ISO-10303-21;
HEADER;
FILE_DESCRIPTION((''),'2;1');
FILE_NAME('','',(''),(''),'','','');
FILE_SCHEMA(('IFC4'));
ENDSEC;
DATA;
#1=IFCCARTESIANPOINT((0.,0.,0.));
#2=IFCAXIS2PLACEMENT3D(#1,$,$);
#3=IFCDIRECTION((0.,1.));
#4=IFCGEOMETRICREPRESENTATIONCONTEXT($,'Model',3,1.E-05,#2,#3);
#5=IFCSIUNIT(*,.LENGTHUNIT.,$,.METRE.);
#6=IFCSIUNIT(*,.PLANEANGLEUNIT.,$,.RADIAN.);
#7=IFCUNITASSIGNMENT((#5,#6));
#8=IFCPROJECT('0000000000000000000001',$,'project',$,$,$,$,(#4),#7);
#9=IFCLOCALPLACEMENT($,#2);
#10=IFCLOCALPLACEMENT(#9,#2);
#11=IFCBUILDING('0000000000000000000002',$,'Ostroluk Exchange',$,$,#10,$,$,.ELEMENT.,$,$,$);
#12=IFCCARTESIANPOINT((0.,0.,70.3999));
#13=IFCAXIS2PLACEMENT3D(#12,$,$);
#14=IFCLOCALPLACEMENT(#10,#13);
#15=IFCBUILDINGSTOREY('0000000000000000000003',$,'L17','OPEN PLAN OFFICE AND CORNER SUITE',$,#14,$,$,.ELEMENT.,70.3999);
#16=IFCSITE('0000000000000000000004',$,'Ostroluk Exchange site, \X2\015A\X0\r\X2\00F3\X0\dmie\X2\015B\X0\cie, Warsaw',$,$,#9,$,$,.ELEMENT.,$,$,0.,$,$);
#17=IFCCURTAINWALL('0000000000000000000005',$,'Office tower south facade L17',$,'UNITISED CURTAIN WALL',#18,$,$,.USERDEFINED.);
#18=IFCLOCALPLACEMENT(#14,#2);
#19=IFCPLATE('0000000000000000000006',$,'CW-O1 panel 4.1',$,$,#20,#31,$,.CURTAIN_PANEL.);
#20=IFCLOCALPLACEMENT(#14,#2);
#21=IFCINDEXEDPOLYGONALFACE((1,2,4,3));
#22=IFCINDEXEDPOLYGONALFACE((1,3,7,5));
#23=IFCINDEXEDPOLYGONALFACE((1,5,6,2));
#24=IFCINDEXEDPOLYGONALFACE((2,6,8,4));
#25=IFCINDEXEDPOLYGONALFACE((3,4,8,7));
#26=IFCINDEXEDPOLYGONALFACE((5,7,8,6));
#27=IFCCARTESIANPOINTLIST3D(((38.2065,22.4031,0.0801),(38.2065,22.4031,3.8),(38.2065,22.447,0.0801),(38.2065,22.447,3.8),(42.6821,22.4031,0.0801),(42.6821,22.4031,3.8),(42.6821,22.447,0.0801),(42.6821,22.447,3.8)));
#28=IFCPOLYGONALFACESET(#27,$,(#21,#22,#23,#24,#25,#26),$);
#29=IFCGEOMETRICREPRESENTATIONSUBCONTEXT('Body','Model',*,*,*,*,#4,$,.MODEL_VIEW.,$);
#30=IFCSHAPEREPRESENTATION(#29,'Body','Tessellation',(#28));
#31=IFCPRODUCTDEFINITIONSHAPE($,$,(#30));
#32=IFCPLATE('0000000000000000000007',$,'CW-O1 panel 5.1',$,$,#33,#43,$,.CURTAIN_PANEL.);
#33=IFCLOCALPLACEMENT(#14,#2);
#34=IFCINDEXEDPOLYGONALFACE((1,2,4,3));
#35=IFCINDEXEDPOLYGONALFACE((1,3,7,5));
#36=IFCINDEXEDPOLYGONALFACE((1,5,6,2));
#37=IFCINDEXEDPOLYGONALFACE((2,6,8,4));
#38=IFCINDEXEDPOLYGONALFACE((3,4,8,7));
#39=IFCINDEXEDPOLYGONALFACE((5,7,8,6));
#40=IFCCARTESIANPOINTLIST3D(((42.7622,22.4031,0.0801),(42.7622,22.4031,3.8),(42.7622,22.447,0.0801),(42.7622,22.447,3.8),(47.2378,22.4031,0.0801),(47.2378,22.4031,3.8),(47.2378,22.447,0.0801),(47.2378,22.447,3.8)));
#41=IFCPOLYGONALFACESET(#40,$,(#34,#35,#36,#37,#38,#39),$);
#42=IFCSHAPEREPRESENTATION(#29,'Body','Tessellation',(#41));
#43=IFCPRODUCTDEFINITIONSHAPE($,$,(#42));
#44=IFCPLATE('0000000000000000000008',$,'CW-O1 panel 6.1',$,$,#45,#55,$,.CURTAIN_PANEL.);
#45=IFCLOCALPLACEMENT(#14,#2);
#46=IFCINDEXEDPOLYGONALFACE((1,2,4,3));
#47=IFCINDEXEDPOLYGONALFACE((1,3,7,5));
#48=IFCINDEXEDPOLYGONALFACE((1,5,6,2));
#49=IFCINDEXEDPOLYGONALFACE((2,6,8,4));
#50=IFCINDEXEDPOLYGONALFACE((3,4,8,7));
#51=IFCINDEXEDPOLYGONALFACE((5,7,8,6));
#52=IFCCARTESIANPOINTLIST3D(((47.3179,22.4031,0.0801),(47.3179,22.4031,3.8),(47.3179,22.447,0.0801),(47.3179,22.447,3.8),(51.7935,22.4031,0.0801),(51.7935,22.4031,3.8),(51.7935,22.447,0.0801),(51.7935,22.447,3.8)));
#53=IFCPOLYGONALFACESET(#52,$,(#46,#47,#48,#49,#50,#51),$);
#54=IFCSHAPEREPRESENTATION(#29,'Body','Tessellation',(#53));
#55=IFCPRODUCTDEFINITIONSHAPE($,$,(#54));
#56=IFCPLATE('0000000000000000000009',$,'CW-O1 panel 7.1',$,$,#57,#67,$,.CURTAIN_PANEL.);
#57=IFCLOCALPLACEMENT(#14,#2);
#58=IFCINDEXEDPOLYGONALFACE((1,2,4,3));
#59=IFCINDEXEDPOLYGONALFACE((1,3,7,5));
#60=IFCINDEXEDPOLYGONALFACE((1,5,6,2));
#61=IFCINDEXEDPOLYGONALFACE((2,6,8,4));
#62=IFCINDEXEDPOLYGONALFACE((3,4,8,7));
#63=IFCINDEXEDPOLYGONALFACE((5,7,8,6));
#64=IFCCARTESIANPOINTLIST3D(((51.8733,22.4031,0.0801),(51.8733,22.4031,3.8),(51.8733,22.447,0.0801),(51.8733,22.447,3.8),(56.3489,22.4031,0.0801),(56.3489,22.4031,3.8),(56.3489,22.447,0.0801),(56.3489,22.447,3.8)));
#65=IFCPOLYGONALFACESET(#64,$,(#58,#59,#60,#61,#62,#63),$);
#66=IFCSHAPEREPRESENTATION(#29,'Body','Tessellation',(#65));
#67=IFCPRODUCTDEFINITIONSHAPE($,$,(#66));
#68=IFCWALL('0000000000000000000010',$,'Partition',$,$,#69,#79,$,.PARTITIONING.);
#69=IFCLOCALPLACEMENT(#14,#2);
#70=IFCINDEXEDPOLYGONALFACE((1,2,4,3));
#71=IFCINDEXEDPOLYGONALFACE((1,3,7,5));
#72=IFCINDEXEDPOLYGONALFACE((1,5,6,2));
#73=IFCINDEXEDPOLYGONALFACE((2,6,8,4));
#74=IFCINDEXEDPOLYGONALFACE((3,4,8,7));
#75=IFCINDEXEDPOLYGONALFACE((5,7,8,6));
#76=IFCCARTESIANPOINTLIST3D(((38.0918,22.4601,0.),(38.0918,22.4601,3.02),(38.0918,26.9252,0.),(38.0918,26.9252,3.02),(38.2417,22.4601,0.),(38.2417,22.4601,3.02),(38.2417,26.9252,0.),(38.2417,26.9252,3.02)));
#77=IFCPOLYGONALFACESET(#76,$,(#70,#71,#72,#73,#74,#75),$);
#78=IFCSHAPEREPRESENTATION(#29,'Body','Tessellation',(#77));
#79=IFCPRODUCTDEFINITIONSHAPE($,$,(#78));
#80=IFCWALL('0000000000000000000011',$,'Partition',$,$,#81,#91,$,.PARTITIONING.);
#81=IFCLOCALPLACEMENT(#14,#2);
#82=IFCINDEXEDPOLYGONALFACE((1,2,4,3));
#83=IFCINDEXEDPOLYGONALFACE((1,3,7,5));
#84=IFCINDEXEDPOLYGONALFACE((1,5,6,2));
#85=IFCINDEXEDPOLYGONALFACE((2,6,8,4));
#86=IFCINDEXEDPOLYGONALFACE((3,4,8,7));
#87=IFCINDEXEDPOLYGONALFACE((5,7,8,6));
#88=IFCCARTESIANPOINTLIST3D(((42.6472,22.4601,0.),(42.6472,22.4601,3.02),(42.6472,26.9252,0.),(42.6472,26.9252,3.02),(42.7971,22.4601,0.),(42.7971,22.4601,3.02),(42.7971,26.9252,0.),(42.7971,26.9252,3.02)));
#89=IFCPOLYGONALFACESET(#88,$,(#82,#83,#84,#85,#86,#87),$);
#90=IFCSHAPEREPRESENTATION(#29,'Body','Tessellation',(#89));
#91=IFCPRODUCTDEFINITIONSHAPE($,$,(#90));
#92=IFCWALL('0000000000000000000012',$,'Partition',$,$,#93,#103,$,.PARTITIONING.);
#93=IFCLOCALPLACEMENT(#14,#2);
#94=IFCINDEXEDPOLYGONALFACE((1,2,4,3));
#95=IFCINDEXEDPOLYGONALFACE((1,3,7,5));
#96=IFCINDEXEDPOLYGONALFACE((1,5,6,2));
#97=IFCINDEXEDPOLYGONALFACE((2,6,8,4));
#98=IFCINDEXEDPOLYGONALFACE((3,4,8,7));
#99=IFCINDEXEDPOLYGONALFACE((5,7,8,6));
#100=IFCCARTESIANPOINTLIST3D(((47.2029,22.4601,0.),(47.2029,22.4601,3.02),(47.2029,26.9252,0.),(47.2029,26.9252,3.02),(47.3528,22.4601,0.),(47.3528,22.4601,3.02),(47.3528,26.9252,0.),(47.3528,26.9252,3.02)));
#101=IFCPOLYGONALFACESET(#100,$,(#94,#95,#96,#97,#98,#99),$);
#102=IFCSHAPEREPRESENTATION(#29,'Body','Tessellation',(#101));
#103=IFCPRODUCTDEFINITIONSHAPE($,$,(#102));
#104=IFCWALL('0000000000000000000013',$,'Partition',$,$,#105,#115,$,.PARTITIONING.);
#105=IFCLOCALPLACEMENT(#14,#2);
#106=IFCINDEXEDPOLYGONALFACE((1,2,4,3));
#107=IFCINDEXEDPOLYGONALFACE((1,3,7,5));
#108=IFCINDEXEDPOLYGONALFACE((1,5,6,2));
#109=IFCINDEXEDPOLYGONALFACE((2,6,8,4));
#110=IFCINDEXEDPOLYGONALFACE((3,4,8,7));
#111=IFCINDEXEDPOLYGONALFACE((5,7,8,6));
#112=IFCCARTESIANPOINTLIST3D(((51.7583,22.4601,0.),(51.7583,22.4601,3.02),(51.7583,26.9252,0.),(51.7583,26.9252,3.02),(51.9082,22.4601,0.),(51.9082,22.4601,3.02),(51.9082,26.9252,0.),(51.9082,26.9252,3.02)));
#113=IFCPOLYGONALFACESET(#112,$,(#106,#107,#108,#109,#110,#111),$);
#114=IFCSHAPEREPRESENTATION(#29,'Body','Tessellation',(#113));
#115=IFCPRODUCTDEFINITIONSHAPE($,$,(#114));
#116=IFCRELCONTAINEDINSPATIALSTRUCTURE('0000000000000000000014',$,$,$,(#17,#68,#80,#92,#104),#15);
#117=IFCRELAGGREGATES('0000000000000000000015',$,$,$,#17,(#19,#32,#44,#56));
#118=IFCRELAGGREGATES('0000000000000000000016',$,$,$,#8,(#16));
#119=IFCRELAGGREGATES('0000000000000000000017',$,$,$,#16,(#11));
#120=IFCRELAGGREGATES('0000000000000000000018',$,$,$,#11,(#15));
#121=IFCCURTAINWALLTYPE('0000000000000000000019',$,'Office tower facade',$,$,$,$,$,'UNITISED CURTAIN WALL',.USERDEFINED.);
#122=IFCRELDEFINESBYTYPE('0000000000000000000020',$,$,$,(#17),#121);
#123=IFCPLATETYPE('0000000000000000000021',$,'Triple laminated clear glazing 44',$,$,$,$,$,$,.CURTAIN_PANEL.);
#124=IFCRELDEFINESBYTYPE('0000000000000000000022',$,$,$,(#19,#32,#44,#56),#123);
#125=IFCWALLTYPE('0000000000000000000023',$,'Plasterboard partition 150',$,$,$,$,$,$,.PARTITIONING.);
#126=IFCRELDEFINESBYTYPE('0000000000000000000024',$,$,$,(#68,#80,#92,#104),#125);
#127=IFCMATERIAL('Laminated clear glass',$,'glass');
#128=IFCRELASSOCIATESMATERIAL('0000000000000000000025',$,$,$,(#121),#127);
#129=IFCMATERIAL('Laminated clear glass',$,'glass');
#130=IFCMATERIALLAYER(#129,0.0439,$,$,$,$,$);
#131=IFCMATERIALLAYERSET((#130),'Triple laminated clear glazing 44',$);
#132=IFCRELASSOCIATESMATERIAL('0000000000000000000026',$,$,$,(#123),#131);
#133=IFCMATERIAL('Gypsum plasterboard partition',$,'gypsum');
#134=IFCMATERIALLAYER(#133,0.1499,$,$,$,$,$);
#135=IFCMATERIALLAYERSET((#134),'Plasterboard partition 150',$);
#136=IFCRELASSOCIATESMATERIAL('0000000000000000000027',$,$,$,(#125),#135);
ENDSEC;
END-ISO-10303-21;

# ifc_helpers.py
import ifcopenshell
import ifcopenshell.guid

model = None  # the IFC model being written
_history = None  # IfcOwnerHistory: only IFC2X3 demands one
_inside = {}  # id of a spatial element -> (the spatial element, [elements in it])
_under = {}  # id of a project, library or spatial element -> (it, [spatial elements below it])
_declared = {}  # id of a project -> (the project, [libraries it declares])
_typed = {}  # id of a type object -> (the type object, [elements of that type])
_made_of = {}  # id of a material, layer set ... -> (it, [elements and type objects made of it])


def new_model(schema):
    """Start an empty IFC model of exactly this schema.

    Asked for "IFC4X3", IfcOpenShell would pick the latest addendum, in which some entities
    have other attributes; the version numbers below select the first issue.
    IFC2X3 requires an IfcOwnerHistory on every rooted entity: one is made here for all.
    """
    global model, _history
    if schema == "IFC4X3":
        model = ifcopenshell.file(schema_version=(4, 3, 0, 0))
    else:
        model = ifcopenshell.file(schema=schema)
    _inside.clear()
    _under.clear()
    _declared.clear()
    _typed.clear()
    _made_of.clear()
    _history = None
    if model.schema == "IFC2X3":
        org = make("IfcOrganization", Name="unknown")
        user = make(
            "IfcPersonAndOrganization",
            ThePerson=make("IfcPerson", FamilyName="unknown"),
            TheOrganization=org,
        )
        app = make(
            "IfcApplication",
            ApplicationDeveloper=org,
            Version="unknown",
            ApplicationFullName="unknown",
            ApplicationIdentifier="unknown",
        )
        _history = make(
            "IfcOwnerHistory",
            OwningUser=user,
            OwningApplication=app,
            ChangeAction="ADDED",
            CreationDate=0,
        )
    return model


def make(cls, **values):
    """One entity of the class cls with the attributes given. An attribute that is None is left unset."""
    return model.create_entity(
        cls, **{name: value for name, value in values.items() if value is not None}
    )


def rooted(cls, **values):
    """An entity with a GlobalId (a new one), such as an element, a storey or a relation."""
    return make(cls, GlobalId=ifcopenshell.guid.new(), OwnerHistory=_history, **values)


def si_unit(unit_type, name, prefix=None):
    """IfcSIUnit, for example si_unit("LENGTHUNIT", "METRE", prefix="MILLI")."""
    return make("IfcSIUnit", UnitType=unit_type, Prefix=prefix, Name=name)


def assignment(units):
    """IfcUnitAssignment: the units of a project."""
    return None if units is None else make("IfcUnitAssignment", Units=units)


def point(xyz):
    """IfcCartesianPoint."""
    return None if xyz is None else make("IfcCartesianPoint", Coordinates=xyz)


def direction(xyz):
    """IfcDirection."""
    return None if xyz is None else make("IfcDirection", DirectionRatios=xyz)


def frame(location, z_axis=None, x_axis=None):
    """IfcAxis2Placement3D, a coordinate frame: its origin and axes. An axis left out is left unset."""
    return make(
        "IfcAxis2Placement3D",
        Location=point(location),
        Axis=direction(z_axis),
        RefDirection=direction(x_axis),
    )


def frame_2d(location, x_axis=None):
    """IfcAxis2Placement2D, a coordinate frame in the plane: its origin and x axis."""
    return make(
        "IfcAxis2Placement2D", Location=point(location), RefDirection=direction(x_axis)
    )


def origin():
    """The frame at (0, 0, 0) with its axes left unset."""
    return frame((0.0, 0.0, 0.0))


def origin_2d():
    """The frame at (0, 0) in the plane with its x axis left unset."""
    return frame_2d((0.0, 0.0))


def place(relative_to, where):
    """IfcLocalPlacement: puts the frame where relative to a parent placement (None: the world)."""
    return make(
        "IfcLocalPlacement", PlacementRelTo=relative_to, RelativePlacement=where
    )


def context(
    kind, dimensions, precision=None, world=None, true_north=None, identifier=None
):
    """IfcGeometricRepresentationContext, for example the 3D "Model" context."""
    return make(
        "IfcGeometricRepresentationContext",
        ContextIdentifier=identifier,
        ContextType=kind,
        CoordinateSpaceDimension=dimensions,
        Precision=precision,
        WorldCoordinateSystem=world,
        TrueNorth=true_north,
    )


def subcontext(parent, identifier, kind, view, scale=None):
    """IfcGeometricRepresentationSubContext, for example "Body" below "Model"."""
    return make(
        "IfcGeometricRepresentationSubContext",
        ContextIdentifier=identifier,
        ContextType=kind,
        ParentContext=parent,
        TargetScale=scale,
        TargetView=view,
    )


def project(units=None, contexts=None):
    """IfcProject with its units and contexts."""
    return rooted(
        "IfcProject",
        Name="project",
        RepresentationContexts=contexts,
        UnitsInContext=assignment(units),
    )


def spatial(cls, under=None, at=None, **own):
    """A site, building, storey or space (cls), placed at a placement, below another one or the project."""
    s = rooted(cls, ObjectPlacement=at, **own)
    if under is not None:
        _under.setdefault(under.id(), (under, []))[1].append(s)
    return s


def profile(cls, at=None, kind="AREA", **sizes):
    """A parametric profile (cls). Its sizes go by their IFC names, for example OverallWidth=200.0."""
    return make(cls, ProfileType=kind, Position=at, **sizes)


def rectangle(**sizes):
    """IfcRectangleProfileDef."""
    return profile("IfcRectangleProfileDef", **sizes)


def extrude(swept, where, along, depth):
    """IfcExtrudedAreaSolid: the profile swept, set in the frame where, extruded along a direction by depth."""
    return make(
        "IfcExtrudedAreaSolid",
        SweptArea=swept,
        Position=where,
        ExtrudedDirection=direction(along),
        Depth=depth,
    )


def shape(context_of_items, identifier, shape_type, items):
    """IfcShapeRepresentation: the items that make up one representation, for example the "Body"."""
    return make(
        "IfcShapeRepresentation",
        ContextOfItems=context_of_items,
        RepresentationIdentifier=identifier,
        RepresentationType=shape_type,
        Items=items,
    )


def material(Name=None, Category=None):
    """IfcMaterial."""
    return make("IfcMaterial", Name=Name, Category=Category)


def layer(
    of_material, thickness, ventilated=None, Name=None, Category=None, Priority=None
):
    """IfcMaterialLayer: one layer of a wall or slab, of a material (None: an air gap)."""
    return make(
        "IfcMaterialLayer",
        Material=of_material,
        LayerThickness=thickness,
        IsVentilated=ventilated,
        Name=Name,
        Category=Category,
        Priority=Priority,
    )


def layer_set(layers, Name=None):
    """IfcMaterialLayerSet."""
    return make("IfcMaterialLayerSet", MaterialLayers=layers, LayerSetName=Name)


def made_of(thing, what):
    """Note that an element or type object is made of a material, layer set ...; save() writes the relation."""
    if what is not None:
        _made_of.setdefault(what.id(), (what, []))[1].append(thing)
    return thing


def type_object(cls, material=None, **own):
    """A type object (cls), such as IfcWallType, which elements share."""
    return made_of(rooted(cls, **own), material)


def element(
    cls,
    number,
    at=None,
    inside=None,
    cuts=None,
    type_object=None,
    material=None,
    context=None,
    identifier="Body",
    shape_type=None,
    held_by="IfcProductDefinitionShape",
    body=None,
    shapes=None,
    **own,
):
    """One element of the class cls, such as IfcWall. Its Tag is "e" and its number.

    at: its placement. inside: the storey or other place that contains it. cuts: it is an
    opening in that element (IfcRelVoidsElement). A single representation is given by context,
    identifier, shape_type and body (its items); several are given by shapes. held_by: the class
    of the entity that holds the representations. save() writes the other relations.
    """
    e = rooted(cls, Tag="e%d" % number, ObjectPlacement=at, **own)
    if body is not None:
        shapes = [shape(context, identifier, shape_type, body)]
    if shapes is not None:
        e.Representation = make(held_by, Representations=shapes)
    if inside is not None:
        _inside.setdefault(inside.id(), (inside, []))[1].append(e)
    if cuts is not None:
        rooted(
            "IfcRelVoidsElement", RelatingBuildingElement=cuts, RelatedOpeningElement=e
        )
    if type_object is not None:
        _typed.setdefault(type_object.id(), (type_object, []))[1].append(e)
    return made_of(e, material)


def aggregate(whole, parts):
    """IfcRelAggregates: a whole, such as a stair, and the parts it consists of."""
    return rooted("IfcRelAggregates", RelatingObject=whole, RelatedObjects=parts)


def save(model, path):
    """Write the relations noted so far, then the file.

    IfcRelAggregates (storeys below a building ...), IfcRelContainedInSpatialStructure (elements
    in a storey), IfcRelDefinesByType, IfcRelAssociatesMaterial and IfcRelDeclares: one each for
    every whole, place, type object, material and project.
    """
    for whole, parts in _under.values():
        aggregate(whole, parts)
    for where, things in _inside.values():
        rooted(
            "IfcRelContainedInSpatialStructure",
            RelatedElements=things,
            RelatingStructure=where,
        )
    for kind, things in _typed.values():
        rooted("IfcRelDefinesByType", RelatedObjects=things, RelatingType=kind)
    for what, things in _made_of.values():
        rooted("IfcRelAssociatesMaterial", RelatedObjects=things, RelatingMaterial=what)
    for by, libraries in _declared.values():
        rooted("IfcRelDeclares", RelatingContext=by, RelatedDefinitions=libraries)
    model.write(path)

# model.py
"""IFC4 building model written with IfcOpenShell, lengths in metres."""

from ifc_helpers import new_model, si_unit, direction, frame, frame_2d, origin, origin_2d, place, context, subcontext, project, spatial, rectangle, extrude, material, layer, layer_set, type_object, element, aggregate, save


model = new_model("IFC4")

# Units and contexts
model_context = context("Model", 3, precision=1e-05, world=origin(), true_north=direction((0.0, 1.0)))
body_context = subcontext(model_context, "Body", "Model", "MODEL_VIEW")
ifc_project = project(units=[si_unit("LENGTHUNIT", "METRE"), si_unit("PLANEANGLEUNIT", "RADIAN")], contexts=[model_context])

# Site, building, storey
site_placement = place(None, origin())
site = spatial("IfcSite", under=ifc_project, at=site_placement, Name="Ostroluk Exchange site, Śródmieście, Warsaw", CompositionType="ELEMENT", RefElevation=0.0)
building_placement = place(site_placement, origin())
building = spatial("IfcBuilding", under=site, at=building_placement, Name="Ostroluk Exchange", CompositionType="ELEMENT")
storey_placement = place(building_placement, frame((0.0, 0.0, 70.3999)))
storey = spatial("IfcBuildingStorey", under=building, at=storey_placement, Name="L17", Description="OPEN PLAN OFFICE AND CORNER SUITE", CompositionType="ELEMENT", Elevation=70.3999)

# Curtain wall, plates
ifc_material_1 = material(Name="Laminated clear glass", Category="glass")
curtain_wall_type = type_object("IfcCurtainWallType", Name="Office tower facade", ElementType="UNITISED CURTAIN WALL", PredefinedType="USERDEFINED", material=ifc_material_1)
curtain_wall_placement = place(storey_placement, origin())
curtain_wall = element("IfcCurtainWall", 1, at=curtain_wall_placement, inside=storey, type_object=curtain_wall_type, Name="Office tower south facade L17", ObjectType="UNITISED CURTAIN WALL", PredefinedType="USERDEFINED")
ifc_material_2 = material(Name="Laminated clear glass", Category="glass")
ifc_layer_1 = layer(ifc_material_2, 0.0439)
ifc_layer_set_1 = layer_set([ifc_layer_1], Name="Triple laminated clear glazing 44")
plate_type = type_object("IfcPlateType", Name="Triple laminated clear glazing 44", PredefinedType="CURTAIN_PANEL", material=ifc_layer_set_1)
plate_1_placement = place(storey_placement, frame((40.4443, 22.425, 0.0801), z_axis=(0.0, 0.0, 1.0), x_axis=(1.0, 0.0, 0.0)))
plate_1 = element("IfcPlate", 2, at=plate_1_placement, type_object=plate_type, Name="CW-O1 panel 4.1", PredefinedType="CURTAIN_PANEL", context=body_context, shape_type="SweptSolid", body=[
    extrude(rectangle(XDim=4.4756, YDim=0.0439, at=origin_2d()), origin(), (0.0, 0.0, 1.0), 3.72),
])
plate_2_placement = place(storey_placement, frame((45.0, 22.425, 0.0801), z_axis=(0.0, 0.0, 1.0), x_axis=(1.0, 0.0, 0.0)))
plate_2 = element("IfcPlate", 3, at=plate_2_placement, type_object=plate_type, Name="CW-O1 panel 5.1", PredefinedType="CURTAIN_PANEL", context=body_context, shape_type="SweptSolid", body=[
    extrude(rectangle(XDim=4.4756, YDim=0.0439, at=origin_2d()), origin(), (0.0, 0.0, 1.0), 3.72),
])
plate_3_placement = place(storey_placement, frame((49.5557, 22.425, 0.0801), z_axis=(0.0, 0.0, 1.0), x_axis=(1.0, 0.0, 0.0)))
plate_3 = element("IfcPlate", 4, at=plate_3_placement, type_object=plate_type, Name="CW-O1 panel 6.1", PredefinedType="CURTAIN_PANEL", context=body_context, shape_type="SweptSolid", body=[
    extrude(rectangle(XDim=4.4756, YDim=0.0439, at=origin_2d()), origin(), (0.0, 0.0, 1.0), 3.72),
])
plate_4_placement = place(storey_placement, frame((54.1111, 22.425, 0.0801), z_axis=(0.0, 0.0, 1.0), x_axis=(1.0, 0.0, 0.0)))
plate_4 = element("IfcPlate", 5, at=plate_4_placement, type_object=plate_type, Name="CW-O1 panel 7.1", PredefinedType="CURTAIN_PANEL", context=body_context, shape_type="SweptSolid", body=[
    extrude(rectangle(XDim=4.4756, YDim=0.0439, at=origin_2d()), origin(), (0.0, 0.0, 1.0), 3.72),
])
aggregate(curtain_wall, [plate_1, plate_2, plate_3, plate_4])

# Walls
ifc_material_3 = material(Name="Gypsum plasterboard partition", Category="gypsum")
ifc_layer_2 = layer(ifc_material_3, 0.1499)
ifc_layer_set_2 = layer_set([ifc_layer_2], Name="Plasterboard partition 150")
wall_type = type_object("IfcWallType", Name="Plasterboard partition 150", PredefinedType="PARTITIONING", material=ifc_layer_set_2)
for number, where, z_axis, x_axis, name in (
    (6, (38.1667, 26.925, 0.0), (0.0, 0.0, 1.0), (0.0, -1.0, 0.0), "Partition"),
    (7, (42.7222, 26.925, 0.0), (0.0, 0.0, 1.0), (0.0, -1.0, 0.0), "Partition"),
    (8, (47.2778, 26.925, 0.0), (0.0, 0.0, 1.0), (0.0, -1.0, 0.0), "Partition"),
    (9, (51.8333, 26.925, 0.0), (0.0, 0.0, 1.0), (0.0, -1.0, 0.0), "Partition"),
):
    element("IfcWall", number, at=place(storey_placement, frame(where, z_axis=z_axis, x_axis=x_axis)), inside=storey, type_object=wall_type, Name=name, PredefinedType="PARTITIONING", context=body_context, shape_type="SweptSolid", body=[
        extrude(rectangle(XDim=4.4651, YDim=0.1499, at=frame_2d((2.2324, 0.0))), origin(), (0.0, 0.0, 1.0), 3.02),
    ])

save(model, "model.ifc")
